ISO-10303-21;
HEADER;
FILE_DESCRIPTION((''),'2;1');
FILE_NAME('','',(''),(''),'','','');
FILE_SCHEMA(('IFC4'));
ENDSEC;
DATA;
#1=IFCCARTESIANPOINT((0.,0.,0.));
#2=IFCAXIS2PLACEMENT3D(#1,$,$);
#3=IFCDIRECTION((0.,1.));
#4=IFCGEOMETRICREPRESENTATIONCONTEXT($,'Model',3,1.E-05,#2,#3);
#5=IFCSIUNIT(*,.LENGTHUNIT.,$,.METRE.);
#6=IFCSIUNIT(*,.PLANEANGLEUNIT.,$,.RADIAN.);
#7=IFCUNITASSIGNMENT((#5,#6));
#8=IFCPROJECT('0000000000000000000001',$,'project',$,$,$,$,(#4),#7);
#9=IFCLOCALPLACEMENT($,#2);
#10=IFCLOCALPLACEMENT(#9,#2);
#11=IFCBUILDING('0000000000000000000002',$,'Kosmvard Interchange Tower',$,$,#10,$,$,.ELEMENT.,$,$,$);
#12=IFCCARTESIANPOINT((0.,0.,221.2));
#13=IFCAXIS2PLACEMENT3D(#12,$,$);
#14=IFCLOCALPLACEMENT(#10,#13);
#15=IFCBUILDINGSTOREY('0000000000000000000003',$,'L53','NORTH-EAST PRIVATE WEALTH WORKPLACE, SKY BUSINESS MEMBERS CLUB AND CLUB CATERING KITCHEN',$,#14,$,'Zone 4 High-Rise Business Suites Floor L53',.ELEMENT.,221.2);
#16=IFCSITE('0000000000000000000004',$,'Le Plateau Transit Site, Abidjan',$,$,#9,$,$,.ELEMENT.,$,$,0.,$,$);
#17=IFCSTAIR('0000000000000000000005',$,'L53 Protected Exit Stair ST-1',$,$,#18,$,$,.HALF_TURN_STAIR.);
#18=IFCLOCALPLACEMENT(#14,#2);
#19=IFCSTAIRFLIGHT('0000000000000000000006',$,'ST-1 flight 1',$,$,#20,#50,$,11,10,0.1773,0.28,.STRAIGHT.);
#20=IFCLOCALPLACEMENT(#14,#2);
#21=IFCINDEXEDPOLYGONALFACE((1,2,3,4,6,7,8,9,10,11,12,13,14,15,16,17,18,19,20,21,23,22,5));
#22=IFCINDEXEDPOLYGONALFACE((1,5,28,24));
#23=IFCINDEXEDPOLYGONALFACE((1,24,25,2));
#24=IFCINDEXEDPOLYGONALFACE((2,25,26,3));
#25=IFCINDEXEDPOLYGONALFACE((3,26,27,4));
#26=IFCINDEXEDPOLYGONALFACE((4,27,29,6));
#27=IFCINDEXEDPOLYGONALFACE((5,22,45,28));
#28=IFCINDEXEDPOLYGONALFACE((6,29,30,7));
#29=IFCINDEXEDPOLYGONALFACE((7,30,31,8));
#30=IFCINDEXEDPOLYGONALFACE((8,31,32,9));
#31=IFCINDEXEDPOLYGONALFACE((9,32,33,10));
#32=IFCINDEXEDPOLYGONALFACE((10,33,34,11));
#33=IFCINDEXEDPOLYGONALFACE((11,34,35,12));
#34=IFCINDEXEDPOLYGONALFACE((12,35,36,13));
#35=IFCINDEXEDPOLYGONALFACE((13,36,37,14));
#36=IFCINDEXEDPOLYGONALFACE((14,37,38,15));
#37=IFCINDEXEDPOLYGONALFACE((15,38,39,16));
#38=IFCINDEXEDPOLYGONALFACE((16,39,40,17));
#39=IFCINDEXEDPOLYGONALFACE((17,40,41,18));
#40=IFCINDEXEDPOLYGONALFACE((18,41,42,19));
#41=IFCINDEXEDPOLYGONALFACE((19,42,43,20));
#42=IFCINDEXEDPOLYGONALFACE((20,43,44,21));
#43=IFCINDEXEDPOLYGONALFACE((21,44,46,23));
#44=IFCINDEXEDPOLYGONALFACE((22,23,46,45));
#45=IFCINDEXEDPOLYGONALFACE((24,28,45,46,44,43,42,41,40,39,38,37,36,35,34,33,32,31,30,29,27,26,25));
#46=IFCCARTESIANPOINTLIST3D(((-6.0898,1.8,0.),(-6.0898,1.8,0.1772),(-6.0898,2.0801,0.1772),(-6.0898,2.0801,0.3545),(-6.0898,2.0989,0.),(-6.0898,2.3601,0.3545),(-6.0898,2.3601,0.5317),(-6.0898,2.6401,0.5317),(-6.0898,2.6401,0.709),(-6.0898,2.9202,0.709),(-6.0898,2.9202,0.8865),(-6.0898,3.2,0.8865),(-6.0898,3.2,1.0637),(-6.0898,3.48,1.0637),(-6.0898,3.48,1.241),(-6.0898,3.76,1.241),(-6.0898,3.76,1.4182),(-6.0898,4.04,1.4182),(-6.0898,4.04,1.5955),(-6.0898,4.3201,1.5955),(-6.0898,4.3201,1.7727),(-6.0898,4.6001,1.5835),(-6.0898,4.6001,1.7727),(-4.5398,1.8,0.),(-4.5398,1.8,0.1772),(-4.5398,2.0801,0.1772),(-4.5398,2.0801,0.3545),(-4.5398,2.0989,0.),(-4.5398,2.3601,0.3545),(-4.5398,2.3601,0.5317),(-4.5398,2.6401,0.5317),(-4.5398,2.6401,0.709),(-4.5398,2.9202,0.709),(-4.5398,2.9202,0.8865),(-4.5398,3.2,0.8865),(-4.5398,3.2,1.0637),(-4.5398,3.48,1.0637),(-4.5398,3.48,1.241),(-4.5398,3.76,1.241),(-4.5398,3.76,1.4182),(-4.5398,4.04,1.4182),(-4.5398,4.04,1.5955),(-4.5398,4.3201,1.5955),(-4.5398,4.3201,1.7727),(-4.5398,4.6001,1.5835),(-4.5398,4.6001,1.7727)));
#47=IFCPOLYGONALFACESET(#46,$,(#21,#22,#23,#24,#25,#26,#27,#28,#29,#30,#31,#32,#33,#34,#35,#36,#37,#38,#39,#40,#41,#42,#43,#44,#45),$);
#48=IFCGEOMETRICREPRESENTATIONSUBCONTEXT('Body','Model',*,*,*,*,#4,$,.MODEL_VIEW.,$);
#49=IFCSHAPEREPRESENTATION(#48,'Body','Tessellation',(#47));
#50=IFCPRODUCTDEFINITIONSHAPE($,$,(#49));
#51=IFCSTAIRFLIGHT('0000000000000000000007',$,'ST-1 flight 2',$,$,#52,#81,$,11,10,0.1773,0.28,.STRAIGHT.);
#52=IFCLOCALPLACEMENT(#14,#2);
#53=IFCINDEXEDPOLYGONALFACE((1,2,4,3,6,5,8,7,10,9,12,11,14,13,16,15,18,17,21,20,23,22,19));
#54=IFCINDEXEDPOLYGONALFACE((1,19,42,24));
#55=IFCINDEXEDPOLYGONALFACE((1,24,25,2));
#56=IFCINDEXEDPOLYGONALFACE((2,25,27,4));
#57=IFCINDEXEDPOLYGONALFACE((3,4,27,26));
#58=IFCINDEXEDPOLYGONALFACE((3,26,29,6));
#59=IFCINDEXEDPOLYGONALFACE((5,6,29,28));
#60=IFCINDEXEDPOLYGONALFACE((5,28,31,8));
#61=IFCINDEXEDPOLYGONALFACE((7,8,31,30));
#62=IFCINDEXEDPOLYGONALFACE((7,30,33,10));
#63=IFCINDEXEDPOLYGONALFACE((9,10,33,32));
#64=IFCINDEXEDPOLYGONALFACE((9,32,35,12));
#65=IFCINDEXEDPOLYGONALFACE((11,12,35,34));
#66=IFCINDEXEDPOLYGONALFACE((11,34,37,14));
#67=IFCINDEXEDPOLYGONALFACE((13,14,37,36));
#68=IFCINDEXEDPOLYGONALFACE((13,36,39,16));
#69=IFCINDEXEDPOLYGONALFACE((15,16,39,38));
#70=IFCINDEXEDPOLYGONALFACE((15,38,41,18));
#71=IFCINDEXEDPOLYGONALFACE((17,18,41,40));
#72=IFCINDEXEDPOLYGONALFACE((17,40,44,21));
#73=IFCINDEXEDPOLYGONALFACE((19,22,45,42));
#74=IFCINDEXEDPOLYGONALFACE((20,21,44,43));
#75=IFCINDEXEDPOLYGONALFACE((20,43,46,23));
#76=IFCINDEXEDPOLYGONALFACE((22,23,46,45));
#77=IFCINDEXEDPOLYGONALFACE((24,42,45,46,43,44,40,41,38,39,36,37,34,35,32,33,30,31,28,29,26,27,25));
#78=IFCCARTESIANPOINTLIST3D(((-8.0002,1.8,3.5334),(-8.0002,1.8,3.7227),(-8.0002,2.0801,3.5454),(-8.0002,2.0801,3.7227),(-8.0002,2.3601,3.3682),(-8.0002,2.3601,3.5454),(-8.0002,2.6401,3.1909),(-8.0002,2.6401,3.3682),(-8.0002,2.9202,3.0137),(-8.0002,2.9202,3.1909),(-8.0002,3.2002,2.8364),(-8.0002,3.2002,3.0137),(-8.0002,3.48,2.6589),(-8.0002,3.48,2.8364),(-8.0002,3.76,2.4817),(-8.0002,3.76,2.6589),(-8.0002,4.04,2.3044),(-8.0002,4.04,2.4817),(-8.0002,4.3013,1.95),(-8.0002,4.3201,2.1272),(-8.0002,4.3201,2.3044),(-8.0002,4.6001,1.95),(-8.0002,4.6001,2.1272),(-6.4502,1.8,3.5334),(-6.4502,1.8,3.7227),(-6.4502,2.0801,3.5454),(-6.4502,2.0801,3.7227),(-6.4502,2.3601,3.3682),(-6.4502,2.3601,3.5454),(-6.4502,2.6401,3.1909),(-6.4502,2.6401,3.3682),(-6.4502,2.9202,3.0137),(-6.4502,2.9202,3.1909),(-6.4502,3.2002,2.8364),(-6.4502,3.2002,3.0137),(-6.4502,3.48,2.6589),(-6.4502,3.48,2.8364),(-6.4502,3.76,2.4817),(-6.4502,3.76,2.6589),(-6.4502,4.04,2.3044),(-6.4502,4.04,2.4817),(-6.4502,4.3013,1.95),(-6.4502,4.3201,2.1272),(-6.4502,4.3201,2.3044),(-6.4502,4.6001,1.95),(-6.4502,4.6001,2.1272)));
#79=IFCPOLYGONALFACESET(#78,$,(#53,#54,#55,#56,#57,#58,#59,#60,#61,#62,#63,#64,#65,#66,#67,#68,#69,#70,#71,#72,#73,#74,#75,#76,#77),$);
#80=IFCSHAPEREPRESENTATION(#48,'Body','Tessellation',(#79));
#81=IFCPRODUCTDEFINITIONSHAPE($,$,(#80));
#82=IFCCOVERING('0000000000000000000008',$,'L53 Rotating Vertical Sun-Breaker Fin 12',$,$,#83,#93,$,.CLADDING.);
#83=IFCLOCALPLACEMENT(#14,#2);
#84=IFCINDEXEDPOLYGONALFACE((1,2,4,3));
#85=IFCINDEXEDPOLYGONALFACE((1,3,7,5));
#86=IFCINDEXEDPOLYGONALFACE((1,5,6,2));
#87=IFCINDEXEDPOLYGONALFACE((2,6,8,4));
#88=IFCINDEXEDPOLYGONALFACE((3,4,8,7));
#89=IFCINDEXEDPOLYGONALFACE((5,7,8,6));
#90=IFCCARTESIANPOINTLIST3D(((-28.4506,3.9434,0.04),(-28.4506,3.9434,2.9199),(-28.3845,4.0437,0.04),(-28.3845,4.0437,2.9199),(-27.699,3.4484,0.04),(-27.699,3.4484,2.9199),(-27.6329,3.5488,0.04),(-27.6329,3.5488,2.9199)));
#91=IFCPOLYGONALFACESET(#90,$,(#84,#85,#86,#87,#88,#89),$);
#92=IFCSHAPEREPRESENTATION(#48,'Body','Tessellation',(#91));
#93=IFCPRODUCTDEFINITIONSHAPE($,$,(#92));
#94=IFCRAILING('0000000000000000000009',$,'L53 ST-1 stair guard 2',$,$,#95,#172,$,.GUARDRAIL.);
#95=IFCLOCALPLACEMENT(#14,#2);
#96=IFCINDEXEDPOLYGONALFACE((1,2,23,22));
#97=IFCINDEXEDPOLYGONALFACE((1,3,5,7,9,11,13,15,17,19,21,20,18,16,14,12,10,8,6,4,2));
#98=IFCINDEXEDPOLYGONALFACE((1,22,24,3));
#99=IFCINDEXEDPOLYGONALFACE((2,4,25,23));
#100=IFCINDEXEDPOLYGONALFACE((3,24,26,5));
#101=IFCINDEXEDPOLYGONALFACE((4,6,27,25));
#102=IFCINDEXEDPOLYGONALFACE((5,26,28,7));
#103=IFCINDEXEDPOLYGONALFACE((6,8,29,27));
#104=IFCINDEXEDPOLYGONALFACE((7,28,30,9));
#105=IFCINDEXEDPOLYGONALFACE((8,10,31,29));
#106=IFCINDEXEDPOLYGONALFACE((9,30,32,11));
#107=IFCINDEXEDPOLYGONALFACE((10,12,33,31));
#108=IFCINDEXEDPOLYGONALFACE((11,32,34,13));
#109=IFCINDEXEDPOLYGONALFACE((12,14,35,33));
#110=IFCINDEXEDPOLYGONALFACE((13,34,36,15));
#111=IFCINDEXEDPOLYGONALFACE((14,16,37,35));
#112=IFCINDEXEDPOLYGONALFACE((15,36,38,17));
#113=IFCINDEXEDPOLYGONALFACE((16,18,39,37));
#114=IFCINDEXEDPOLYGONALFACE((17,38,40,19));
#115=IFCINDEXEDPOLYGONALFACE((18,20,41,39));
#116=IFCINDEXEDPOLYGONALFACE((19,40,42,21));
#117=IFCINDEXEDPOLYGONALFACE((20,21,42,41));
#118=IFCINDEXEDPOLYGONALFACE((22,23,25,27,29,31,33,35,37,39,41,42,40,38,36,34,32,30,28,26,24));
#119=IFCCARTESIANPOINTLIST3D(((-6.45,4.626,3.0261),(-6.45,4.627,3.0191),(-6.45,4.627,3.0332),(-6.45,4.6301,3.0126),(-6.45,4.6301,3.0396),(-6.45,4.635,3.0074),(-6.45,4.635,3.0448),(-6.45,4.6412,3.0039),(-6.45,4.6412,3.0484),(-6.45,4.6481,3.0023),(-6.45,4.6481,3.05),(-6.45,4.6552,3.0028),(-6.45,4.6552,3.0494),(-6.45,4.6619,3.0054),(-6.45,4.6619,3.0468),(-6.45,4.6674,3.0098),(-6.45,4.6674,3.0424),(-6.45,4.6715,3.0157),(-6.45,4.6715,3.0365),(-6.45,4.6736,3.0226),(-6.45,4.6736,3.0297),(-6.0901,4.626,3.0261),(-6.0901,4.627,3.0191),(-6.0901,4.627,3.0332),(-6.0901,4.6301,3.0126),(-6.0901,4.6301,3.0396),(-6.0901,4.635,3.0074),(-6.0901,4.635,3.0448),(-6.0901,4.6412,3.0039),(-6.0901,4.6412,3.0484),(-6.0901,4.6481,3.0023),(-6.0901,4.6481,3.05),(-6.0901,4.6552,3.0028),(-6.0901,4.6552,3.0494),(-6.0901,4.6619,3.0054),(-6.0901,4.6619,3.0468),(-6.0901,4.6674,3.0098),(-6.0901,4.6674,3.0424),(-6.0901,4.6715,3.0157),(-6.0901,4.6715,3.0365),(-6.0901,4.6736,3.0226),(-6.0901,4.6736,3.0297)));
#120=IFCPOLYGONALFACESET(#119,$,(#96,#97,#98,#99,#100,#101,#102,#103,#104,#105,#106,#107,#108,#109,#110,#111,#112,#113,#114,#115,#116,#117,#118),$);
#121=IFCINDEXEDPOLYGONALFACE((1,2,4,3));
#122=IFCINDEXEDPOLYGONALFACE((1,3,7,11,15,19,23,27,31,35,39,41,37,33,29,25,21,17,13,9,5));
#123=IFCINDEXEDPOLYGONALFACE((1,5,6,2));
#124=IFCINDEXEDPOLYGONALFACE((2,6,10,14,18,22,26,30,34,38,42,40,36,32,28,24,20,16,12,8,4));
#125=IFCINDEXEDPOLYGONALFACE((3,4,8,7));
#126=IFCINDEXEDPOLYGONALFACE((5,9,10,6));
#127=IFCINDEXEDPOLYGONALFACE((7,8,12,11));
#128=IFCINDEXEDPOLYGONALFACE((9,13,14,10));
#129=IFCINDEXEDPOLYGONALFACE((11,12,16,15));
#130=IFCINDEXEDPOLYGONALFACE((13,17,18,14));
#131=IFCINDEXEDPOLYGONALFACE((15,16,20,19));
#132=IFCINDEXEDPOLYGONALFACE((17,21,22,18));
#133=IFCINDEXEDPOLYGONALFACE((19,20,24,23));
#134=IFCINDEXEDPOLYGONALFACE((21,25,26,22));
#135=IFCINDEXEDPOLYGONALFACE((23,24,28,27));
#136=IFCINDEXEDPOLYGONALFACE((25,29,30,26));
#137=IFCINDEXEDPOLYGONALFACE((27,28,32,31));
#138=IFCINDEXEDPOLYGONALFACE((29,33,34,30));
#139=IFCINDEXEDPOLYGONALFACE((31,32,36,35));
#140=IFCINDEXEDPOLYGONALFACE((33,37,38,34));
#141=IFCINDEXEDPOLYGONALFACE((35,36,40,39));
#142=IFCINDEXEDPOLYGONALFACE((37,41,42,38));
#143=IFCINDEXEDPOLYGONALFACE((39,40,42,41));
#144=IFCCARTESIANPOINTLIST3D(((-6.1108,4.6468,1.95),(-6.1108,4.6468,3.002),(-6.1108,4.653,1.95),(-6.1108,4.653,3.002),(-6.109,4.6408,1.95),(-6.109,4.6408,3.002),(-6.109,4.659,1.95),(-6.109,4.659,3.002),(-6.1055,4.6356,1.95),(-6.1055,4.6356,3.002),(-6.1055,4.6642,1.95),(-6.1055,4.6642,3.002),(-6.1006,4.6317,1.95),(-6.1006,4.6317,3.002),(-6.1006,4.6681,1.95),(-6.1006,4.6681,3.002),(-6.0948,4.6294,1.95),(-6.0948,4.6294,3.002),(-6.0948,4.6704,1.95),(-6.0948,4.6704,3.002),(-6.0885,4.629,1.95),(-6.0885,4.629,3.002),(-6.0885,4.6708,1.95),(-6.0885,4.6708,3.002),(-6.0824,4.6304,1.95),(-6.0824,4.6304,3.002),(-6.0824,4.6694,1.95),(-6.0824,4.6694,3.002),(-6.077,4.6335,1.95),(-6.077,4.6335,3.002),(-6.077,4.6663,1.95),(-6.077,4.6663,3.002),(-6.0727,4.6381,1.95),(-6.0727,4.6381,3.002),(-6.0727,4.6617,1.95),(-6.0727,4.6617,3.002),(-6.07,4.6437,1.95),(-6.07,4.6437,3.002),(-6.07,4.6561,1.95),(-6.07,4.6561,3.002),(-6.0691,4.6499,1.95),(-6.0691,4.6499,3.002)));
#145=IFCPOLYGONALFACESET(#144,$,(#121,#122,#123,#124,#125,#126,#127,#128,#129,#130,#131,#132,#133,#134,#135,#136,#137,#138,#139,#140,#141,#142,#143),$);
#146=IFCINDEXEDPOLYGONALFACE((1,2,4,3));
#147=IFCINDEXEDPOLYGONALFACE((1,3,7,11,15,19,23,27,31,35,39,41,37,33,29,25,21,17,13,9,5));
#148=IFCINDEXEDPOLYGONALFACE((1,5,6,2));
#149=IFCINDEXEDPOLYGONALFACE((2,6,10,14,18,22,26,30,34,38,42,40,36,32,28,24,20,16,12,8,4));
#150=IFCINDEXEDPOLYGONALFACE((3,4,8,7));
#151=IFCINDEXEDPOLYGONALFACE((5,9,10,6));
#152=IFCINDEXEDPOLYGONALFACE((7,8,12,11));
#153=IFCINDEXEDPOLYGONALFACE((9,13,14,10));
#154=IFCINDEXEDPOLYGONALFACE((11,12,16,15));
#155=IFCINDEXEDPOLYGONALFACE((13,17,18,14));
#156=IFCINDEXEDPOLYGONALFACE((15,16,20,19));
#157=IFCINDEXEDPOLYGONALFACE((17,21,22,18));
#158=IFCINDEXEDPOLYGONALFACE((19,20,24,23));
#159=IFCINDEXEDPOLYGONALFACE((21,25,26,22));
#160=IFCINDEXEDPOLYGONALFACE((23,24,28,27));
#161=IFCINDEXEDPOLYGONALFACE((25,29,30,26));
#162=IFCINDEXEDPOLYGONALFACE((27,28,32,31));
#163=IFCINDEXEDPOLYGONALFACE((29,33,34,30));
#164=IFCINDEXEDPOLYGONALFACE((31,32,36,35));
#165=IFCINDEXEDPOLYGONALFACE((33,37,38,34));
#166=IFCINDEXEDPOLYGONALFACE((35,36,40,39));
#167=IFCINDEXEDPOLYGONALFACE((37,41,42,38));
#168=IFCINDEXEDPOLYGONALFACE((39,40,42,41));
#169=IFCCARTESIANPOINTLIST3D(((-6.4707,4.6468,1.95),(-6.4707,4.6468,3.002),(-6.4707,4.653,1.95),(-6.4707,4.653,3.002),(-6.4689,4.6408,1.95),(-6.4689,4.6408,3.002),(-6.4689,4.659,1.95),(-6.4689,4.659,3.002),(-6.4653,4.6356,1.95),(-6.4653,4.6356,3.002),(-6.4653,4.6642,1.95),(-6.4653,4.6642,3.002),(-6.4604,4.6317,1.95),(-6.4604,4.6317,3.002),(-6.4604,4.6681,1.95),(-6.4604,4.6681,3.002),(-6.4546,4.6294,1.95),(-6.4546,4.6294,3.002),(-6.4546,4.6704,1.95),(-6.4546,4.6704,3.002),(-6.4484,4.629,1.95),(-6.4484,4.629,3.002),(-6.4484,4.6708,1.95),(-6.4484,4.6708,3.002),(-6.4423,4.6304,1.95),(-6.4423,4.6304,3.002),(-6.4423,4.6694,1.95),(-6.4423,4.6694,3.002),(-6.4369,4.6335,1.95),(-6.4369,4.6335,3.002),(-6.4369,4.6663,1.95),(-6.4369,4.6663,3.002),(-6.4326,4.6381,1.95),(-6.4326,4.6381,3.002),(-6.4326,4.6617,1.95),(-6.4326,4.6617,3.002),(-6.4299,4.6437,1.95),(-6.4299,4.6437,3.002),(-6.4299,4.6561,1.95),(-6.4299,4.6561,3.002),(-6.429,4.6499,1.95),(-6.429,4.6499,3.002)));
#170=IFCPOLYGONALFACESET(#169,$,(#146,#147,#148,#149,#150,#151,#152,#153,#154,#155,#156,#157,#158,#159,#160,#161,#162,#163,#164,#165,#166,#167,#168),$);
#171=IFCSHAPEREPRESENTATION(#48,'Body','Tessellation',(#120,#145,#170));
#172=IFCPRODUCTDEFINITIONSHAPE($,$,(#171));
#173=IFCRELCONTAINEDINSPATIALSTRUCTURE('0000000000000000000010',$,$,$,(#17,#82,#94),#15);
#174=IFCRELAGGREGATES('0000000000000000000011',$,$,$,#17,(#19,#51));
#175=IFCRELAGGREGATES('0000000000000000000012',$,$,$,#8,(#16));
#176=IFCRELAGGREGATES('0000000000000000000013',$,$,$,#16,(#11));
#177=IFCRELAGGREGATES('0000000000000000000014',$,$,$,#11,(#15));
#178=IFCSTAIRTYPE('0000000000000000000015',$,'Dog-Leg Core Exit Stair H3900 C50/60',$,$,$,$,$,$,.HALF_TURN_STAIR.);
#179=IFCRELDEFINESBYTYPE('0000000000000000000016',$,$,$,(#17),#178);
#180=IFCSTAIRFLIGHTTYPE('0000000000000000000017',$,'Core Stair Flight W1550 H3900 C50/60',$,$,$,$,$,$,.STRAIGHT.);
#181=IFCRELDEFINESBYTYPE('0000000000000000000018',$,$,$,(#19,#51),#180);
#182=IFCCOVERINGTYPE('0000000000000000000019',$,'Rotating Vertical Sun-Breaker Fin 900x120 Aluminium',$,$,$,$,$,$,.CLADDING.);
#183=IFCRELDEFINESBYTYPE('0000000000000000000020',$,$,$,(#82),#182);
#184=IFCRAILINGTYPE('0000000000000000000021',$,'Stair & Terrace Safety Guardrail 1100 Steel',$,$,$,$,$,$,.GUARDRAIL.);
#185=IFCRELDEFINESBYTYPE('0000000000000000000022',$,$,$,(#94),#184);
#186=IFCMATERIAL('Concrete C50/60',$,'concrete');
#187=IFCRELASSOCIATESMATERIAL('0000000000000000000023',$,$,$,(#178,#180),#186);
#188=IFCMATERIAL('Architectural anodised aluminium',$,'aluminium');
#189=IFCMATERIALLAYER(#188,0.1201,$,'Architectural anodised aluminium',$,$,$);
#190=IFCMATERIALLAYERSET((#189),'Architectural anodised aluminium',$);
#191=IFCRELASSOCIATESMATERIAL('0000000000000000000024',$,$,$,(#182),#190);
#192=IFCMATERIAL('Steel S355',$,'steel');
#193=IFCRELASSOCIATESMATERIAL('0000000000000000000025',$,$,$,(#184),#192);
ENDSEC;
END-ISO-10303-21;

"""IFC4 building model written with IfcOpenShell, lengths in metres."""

from ifc_helpers import new_model, si_unit, direction, frame, origin, origin_2d, place, context, subcontext, project, spatial, polyline, rectangle, circle, outline, extrude, source, transform, mapped, material, layer, layer_set, type_object, element, aggregate, save


model = new_model("IFC4")

# Units and contexts
model_context = context("Model", 3, precision=1e-05, world=origin(), true_north=direction((0.0, 1.0)))
body_context = subcontext(model_context, "Body", "Model", "MODEL_VIEW")
ifc_project = project(units=[si_unit("LENGTHUNIT", "METRE"), si_unit("PLANEANGLEUNIT", "RADIAN")], contexts=[model_context])

# Site, building, storey
site_placement = place(None, origin())
site = spatial("IfcSite", under=ifc_project, at=site_placement, Name="Le Plateau Transit Site, Abidjan", CompositionType="ELEMENT", RefElevation=0.0)
building_placement = place(site_placement, origin())
building = spatial("IfcBuilding", under=site, at=building_placement, Name="Kosmvard Interchange Tower", CompositionType="ELEMENT")
storey_placement = place(building_placement, frame((0.0, 0.0, 221.2)))
storey = spatial("IfcBuildingStorey", under=building, at=storey_placement, Name="L53", Description="NORTH-EAST PRIVATE WEALTH WORKPLACE, SKY BUSINESS MEMBERS CLUB AND CLUB CATERING KITCHEN", LongName="Zone 4 High-Rise Business Suites Floor L53", CompositionType="ELEMENT", Elevation=221.2)

# Shared definitions
ifc_material_1 = material(Name="Steel S355", Category="steel")

# Stair, stair flights
ifc_material_2 = material(Name="Concrete C50/60", Category="concrete")
stair_type = type_object("IfcStairType", Name="Dog-Leg Core Exit Stair H3900 C50/60", PredefinedType="HALF_TURN_STAIR", material=ifc_material_2)
stair_placement = place(storey_placement, origin())
stair = element("IfcStair", 1, at=stair_placement, inside=storey, type_object=stair_type, Name="L53 Protected Exit Stair ST-1", PredefinedType="HALF_TURN_STAIR")
stair_flight_type = type_object("IfcStairFlightType", Name="Core Stair Flight W1550 H3900 C50/60", PredefinedType="STRAIGHT", material=ifc_material_2)
shared_shape_1 = source(origin(), body_context, "Body", "SweptSolid", [
    extrude(outline(polyline([(0.0, 0.0), (0.0, 0.1772), (0.28, 0.1772), (0.28, 0.3545), (0.5601, 0.3545), (0.5601, 0.5317), (0.8401, 0.5317), (0.8401, 0.709), (1.1201, 0.709), (1.1201, 0.8865), (1.3999, 0.8865), (1.3999, 1.0637), (1.6799, 1.0637), (1.6799, 1.241), (1.96, 1.241), (1.96, 1.4182), (2.24, 1.4182), (2.24, 1.5955), (2.52, 1.5955), (2.52, 1.7727), (2.8, 1.7727), (2.8, 1.95), (2.8, 1.5835), (0.2988, 0.0), (0.0, 0.0)])), frame((0.0, 0.7749, 0.0), z_axis=(0.0, -1.0, 0.0), x_axis=(1.0, 0.0, 0.0)), (0.0, 0.0, 1.0), 1.55),
])
stair_flight_1_placement = place(storey_placement, frame((-5.3149, 1.8, 0.0), z_axis=(0.0, 0.0, 1.0), x_axis=(0.0, 1.0, 0.0)))
stair_flight_1 = element("IfcStairFlight", 2, at=stair_flight_1_placement, type_object=stair_flight_type, Name="ST-1 flight 1", NumberOfRisers=11, NumberOfTreads=10, PredefinedType="STRAIGHT", RiserHeight=0.1773, TreadLength=0.28, context=body_context, shape_type="MappedRepresentation", body=[
    mapped(shared_shape_1, transform((0.0, 0.0, 0.0), scale=1.0)),
])
stair_flight_2_placement = place(storey_placement, frame((-7.2251, 4.6001, 1.95), z_axis=(0.0, 0.0, 1.0), x_axis=(0.0, -1.0, 0.0)))
stair_flight_2 = element("IfcStairFlight", 3, at=stair_flight_2_placement, type_object=stair_flight_type, Name="ST-1 flight 2", NumberOfRisers=11, NumberOfTreads=10, PredefinedType="STRAIGHT", RiserHeight=0.1773, TreadLength=0.28, context=body_context, shape_type="MappedRepresentation", body=[
    mapped(shared_shape_1, transform((0.0, 0.0, 0.0), scale=1.0)),
])
aggregate(stair, [stair_flight_1, stair_flight_2])

# Covering
ifc_material_3 = material(Name="Architectural anodised aluminium", Category="aluminium")
ifc_layer_1 = layer(ifc_material_3, 0.1201, Name="Architectural anodised aluminium")
ifc_layer_set_1 = layer_set([ifc_layer_1], Name="Architectural anodised aluminium")
covering_type = type_object("IfcCoveringType", Name="Rotating Vertical Sun-Breaker Fin 900x120 Aluminium", PredefinedType="CLADDING", material=ifc_layer_set_1)
shared_shape_2 = source(origin(), body_context, "Body", "SweptSolid", [
    extrude(rectangle(XDim=0.8999, YDim=0.1201, at=origin_2d()), origin(), (0.0, 0.0, 1.0), 2.8799),
])
covering_placement = place(storey_placement, frame((-28.0417, 3.7461, 0.04), z_axis=(0.0, 0.0, 1.0), x_axis=(-0.835136, 0.550044, 0.0)))
element("IfcCovering", 4, at=covering_placement, inside=storey, type_object=covering_type, Name="L53 Rotating Vertical Sun-Breaker Fin 12", PredefinedType="CLADDING", context=body_context, shape_type="MappedRepresentation", body=[
    mapped(shared_shape_2, transform((0.0, 0.0, 0.0), scale=1.0)),
])

# Railing
railing_type_1 = type_object("IfcRailingType", Name="Stair & Terrace Safety Guardrail 1100 Steel", PredefinedType="GUARDRAIL", material=ifc_material_1)
shared_shape_3 = source(origin(), body_context, "Body", "SweptSolid", [
    extrude(circle(Radius=0.0239, at=origin_2d()), frame((0.0, 0.0, 1.0762), z_axis=(-1.0, 0.0, 0.0), x_axis=(0.0, -1.0, 0.0)), (0.0, 0.0, 1.0), 0.3599),
    extrude(circle(Radius=0.021, at=origin_2d()), origin(), (0.0, 0.0, 1.0), 1.052),
    extrude(circle(Radius=0.021, at=origin_2d()), frame((-0.3599, 0.0, 0.0)), (0.0, 0.0, 1.0), 1.052),
])
for number, where, name in (
    (5, (-6.0901, 4.6499, 1.95), "L53 ST-1 stair guard 2"),
):
    element("IfcRailing", number, at=place(storey_placement, frame(where)), inside=storey, type_object=railing_type_1, Name=name, PredefinedType="GUARDRAIL", context=body_context, shape_type="MappedRepresentation", body=[
        mapped(shared_shape_3, transform((0.0, 0.0, 0.0), scale=1.0)),
    ])

save(model, "model.ifc")
